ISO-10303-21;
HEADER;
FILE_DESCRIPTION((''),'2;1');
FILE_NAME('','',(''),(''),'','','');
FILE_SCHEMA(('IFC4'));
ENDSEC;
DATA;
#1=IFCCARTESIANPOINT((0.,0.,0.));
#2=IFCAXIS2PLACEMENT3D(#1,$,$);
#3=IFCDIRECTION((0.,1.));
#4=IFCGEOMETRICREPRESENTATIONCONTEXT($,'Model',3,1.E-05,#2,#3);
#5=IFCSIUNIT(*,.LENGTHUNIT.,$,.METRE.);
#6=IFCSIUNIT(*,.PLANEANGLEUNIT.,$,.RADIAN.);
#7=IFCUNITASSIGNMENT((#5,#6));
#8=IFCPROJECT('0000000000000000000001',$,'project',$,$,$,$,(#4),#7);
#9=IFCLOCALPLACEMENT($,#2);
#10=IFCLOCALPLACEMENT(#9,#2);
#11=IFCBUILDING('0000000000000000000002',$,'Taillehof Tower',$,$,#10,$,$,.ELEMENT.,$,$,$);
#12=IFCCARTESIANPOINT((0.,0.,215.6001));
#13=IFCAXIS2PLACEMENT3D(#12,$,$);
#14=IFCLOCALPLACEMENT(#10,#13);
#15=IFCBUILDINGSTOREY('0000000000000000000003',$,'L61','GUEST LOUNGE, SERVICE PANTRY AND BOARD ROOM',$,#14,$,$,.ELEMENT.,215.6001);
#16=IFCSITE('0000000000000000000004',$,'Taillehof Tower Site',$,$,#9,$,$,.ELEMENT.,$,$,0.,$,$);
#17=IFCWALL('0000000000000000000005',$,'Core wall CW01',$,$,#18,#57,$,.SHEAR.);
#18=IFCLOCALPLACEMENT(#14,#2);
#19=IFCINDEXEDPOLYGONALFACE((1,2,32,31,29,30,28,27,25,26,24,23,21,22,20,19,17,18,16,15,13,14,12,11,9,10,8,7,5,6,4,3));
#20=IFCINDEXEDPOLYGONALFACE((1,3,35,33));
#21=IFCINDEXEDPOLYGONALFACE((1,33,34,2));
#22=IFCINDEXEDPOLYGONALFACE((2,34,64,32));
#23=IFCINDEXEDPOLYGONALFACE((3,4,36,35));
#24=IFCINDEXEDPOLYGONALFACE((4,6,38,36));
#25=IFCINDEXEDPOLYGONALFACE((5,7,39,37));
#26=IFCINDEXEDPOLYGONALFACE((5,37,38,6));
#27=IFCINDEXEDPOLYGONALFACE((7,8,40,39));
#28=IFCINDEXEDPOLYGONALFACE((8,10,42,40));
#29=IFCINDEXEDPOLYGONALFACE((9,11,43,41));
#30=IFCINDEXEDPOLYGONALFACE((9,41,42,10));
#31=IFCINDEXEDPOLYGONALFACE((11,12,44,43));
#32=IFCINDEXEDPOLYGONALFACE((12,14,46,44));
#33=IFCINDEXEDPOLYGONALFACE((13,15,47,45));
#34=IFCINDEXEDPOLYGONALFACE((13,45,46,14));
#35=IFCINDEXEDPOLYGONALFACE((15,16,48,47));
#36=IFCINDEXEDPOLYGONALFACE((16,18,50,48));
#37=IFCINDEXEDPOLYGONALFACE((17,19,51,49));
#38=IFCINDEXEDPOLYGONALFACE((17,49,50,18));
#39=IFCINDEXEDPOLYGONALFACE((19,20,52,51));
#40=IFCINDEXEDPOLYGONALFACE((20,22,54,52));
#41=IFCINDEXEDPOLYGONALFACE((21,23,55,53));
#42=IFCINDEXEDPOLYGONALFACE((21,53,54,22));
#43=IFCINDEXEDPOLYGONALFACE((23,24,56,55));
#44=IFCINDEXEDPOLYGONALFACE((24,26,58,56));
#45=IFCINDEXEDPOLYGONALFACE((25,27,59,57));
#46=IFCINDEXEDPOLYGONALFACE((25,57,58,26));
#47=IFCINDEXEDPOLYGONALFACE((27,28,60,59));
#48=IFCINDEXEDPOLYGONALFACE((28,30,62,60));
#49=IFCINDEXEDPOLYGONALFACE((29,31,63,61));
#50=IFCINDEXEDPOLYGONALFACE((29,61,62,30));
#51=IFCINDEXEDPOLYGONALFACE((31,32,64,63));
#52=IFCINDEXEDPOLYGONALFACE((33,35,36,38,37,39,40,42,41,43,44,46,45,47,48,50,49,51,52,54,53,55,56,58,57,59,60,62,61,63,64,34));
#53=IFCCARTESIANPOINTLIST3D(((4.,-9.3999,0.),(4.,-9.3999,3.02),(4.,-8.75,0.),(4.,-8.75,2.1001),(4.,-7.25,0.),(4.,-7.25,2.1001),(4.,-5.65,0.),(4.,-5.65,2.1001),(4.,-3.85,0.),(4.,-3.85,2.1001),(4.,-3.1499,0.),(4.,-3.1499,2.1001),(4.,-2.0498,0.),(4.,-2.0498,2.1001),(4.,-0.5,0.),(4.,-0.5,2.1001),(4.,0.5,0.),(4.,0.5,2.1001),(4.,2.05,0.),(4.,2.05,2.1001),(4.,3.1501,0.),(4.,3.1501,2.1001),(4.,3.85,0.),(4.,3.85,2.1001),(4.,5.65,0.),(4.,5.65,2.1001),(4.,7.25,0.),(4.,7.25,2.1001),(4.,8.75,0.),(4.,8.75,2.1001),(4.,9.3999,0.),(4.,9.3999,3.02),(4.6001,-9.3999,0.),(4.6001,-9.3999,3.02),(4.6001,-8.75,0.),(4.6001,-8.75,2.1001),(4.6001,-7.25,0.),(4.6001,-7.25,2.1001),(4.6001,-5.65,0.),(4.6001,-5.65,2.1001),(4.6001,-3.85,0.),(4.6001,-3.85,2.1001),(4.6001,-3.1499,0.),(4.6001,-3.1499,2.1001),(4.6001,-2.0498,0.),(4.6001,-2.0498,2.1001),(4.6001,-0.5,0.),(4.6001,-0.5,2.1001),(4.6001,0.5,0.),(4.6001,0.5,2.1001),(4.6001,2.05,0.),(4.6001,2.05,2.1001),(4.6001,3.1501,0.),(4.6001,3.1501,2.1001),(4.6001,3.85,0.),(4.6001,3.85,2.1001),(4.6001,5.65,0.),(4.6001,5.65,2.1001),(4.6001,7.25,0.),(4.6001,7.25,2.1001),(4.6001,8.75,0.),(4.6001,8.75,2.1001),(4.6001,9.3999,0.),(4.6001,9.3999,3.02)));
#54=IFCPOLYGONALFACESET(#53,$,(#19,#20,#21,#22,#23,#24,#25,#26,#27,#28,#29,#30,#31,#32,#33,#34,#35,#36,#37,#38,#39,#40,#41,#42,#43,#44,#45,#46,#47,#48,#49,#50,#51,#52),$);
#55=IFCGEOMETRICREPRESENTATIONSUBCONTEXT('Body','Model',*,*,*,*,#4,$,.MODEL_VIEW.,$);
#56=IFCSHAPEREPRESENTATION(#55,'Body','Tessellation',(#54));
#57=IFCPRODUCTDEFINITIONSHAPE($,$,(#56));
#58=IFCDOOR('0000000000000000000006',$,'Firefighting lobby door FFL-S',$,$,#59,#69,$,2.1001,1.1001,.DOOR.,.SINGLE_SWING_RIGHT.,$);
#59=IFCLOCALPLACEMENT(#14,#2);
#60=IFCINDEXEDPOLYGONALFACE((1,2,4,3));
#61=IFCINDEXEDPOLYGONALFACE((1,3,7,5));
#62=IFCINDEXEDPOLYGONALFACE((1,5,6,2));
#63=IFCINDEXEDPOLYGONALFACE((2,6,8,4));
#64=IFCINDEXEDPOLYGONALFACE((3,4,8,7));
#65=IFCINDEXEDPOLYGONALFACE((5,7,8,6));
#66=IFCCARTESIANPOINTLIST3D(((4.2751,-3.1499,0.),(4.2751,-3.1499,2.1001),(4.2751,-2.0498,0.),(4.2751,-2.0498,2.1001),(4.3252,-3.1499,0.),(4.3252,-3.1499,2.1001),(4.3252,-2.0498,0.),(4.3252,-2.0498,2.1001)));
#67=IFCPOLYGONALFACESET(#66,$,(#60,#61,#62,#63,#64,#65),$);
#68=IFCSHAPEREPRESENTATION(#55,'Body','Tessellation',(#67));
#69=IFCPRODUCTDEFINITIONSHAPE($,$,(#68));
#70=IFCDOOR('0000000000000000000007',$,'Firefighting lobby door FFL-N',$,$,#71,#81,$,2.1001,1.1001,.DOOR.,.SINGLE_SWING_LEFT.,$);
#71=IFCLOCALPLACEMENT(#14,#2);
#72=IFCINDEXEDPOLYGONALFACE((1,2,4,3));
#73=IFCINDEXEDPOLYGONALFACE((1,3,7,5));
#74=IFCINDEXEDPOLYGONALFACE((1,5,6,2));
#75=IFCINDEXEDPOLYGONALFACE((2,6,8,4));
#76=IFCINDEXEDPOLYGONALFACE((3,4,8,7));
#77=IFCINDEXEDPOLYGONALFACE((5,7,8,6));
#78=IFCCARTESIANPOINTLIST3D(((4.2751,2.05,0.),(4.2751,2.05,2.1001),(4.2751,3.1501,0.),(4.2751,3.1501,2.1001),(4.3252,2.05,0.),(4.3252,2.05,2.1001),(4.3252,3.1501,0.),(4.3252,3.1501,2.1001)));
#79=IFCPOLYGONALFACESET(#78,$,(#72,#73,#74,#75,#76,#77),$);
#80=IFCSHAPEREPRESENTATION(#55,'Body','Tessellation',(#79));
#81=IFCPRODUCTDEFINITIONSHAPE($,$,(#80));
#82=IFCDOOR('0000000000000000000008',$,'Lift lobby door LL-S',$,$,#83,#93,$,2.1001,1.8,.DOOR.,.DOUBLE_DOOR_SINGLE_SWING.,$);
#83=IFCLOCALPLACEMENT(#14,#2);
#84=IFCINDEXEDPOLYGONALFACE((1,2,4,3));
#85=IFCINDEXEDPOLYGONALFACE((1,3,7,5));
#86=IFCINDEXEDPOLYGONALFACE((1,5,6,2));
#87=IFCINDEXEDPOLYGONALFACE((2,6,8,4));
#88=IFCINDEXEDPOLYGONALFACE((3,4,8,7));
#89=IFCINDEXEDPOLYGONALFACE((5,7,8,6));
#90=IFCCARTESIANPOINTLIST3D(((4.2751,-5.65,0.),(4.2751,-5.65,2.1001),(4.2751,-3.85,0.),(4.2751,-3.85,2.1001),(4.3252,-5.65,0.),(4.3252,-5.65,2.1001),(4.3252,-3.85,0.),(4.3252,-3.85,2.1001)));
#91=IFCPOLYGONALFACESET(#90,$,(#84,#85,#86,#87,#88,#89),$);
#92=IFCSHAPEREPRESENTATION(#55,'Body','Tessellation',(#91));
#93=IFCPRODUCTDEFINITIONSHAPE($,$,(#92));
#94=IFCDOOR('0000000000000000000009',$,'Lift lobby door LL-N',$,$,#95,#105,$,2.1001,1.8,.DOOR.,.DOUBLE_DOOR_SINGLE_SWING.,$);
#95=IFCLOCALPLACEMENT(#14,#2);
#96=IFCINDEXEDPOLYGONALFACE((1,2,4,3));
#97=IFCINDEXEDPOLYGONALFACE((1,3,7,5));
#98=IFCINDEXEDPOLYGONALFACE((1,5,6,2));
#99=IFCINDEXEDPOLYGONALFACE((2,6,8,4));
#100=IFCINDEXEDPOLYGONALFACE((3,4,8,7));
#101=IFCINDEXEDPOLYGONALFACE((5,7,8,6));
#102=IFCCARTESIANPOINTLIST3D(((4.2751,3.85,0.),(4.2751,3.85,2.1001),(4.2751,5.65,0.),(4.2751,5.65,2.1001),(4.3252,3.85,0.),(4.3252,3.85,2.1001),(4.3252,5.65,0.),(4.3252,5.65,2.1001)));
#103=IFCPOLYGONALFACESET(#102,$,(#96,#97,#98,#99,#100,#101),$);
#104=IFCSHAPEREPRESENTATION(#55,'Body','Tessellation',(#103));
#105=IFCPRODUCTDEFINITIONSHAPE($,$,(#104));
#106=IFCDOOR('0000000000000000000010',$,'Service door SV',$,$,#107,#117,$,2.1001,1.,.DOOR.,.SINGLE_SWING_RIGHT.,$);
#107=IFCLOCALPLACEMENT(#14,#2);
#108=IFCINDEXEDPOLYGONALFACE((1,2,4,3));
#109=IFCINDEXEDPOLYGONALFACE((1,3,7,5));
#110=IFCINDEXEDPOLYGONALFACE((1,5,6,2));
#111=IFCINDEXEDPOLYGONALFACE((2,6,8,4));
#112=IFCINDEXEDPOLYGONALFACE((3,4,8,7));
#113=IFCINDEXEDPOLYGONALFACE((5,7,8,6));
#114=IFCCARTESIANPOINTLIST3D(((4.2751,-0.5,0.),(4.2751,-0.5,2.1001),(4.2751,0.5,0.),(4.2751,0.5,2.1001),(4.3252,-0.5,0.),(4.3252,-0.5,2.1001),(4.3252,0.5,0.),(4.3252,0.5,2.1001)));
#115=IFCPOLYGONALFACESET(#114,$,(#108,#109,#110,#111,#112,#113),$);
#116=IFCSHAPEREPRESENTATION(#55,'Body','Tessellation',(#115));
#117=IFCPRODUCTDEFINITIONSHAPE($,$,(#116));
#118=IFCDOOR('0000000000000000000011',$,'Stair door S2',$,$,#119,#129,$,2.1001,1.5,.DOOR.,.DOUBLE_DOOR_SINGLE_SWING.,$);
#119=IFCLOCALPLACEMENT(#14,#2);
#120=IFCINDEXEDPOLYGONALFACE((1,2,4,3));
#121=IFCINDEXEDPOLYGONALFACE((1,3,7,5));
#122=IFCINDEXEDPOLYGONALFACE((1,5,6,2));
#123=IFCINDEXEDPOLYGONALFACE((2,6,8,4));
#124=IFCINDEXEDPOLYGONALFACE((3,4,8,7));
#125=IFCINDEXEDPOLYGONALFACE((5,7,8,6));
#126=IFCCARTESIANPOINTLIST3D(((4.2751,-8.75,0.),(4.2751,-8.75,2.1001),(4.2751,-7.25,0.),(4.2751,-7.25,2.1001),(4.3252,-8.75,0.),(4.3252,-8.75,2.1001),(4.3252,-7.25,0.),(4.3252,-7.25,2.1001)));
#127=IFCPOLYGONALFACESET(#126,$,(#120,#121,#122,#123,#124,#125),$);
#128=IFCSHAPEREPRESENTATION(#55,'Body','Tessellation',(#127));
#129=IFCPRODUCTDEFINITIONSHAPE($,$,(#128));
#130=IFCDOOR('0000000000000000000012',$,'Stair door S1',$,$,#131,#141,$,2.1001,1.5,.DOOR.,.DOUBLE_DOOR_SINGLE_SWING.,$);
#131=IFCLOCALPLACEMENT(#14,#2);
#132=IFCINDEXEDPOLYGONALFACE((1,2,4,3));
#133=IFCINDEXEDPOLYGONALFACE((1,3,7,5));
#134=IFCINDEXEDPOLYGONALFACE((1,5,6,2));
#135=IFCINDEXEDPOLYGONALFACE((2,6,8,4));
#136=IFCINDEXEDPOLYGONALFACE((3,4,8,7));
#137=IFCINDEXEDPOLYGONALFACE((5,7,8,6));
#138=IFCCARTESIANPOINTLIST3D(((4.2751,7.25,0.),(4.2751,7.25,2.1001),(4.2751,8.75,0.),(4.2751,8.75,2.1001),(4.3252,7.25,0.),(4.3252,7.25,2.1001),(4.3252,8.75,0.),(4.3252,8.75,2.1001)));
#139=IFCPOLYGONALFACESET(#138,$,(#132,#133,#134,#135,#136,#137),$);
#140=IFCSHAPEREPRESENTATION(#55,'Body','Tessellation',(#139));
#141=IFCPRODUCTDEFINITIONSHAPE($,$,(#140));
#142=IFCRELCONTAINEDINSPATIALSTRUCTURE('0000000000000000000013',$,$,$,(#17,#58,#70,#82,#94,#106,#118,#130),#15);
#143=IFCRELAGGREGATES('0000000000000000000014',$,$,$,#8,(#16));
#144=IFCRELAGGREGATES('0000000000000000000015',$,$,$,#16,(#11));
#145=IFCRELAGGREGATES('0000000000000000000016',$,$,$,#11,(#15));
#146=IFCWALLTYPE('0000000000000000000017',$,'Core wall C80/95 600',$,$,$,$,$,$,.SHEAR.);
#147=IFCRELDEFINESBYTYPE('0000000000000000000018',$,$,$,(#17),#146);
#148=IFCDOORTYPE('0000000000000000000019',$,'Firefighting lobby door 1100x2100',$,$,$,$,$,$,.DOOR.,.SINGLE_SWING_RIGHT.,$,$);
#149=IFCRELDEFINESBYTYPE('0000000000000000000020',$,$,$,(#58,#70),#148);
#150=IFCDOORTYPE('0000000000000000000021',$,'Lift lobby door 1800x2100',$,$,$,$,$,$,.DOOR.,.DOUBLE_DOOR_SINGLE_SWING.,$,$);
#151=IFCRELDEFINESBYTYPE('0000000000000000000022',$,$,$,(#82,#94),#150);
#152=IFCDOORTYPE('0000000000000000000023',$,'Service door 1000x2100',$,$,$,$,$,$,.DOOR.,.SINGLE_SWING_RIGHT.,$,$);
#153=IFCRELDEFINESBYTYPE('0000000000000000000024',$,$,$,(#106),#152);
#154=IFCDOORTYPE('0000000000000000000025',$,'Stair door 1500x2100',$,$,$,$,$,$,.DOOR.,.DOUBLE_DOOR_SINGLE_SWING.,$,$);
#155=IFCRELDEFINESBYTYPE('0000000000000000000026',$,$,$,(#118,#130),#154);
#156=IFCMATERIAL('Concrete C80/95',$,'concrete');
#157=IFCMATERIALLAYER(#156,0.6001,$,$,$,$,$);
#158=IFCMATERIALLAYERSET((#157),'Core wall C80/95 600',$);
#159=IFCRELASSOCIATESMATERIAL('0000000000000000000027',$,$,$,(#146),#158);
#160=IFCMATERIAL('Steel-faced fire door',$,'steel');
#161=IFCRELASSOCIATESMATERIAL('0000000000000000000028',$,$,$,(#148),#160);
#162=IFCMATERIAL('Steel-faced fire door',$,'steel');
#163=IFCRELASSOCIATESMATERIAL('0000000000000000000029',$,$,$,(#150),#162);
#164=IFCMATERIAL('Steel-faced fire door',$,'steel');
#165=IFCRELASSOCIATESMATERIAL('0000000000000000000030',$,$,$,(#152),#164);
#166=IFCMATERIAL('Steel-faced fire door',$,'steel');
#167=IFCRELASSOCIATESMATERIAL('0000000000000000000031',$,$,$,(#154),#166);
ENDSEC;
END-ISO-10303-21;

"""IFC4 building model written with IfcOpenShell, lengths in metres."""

from ifc_helpers import new_model, si_unit, direction, frame, frame_2d, origin, place, context, subcontext, project, spatial, rectangle, extrude, material, layer, layer_set, type_object, element, fill, save


model = new_model("IFC4")

# Units and contexts
model_context = context("Model", 3, precision=1e-05, world=origin(), true_north=direction((0.0, 1.0)))
body_context = subcontext(model_context, "Body", "Model", "MODEL_VIEW")
ifc_project = project(units=[si_unit("LENGTHUNIT", "METRE"), si_unit("PLANEANGLEUNIT", "RADIAN")], contexts=[model_context])

# Site, building, storey
site_placement = place(None, origin())
site = spatial("IfcSite", under=ifc_project, at=site_placement, Name="Taillehof Tower Site", CompositionType="ELEMENT", RefElevation=0.0)
building_placement = place(site_placement, origin())
building = spatial("IfcBuilding", under=site, at=building_placement, Name="Taillehof Tower", CompositionType="ELEMENT")
storey_placement = place(building_placement, frame((0.0, 0.0, 215.6001)))
storey = spatial("IfcBuildingStorey", under=building, at=storey_placement, Name="L61", Description="GUEST LOUNGE, SERVICE PANTRY AND BOARD ROOM", CompositionType="ELEMENT", Elevation=215.6001)

# Wall, openings, doors
ifc_material_1 = material(Name="Concrete C80/95", Category="concrete")
ifc_layer_1 = layer(ifc_material_1, 0.6001)
ifc_layer_set_1 = layer_set([ifc_layer_1], Name="Core wall C80/95 600")
wall_type_1 = type_object("IfcWallType", Name="Core wall C80/95 600", PredefinedType="SHEAR", material=ifc_layer_set_1)
wall_1_placement = place(storey_placement, frame((4.3, -9.3999, 0.0), z_axis=(0.0, 0.0, 1.0), x_axis=(0.0, 1.0, 0.0)))
wall_1 = element("IfcWall", 1, at=wall_1_placement, inside=storey, type_object=wall_type_1, Name="Core wall CW01", PredefinedType="SHEAR", context=body_context, shape_type="SweptSolid", body=[
    extrude(rectangle(XDim=18.7998, YDim=0.6001, at=frame_2d((9.3999, 0.0))), origin(), (0.0, 0.0, 1.0), 3.02),
])
opening_1_placement = place(wall_1_placement, frame((0.6499, 0.0, 0.0)))
opening_1 = element("IfcOpeningElement", 2, at=opening_1_placement, cuts=wall_1, PredefinedType="OPENING", context=body_context, shape_type="SweptSolid", body=[
    extrude(rectangle(XDim=1.5, YDim=2.1001, at=frame_2d((0.75, 1.05))), frame((0.0, 0.3101, 0.0), z_axis=(0.0, -1.0, 0.0), x_axis=(1.0, 0.0, 0.0)), (0.0, 0.0, 1.0), 0.6201),
])
opening_2_placement = place(wall_1_placement, frame((3.75, 0.0, 0.0)))
opening_2 = element("IfcOpeningElement", 3, at=opening_2_placement, cuts=wall_1, PredefinedType="OPENING", context=body_context, shape_type="SweptSolid", body=[
    extrude(rectangle(XDim=1.8, YDim=2.1001, at=frame_2d((0.8999, 1.05))), frame((0.0, 0.3101, 0.0), z_axis=(0.0, -1.0, 0.0), x_axis=(1.0, 0.0, 0.0)), (0.0, 0.0, 1.0), 0.6201),
])
opening_3_placement = place(wall_1_placement, frame((6.25, 0.0, 0.0)))
opening_3 = element("IfcOpeningElement", 4, at=opening_3_placement, cuts=wall_1, PredefinedType="OPENING", context=body_context, shape_type="SweptSolid", body=[
    extrude(rectangle(XDim=1.1001, YDim=2.1001, at=frame_2d((0.55, 1.05))), frame((0.0, 0.3101, 0.0), z_axis=(0.0, -1.0, 0.0), x_axis=(1.0, 0.0, 0.0)), (0.0, 0.0, 1.0), 0.6201),
])
opening_4_placement = place(wall_1_placement, frame((8.8999, 0.0, 0.0)))
opening_4 = element("IfcOpeningElement", 5, at=opening_4_placement, cuts=wall_1, PredefinedType="OPENING", context=body_context, shape_type="SweptSolid", body=[
    extrude(rectangle(XDim=1.0, YDim=2.1001, at=frame_2d((0.5, 1.05))), frame((0.0, 0.3101, 0.0), z_axis=(0.0, -1.0, 0.0), x_axis=(1.0, 0.0, 0.0)), (0.0, 0.0, 1.0), 0.6201),
])
opening_5_placement = place(wall_1_placement, frame((11.45, 0.0, 0.0)))
opening_5 = element("IfcOpeningElement", 6, at=opening_5_placement, cuts=wall_1, PredefinedType="OPENING", context=body_context, shape_type="SweptSolid", body=[
    extrude(rectangle(XDim=1.1001, YDim=2.1001, at=frame_2d((0.55, 1.05))), frame((0.0, 0.3101, 0.0), z_axis=(0.0, -1.0, 0.0), x_axis=(1.0, 0.0, 0.0)), (0.0, 0.0, 1.0), 0.6201),
])
opening_6_placement = place(wall_1_placement, frame((13.25, 0.0, 0.0)))
opening_6 = element("IfcOpeningElement", 7, at=opening_6_placement, cuts=wall_1, PredefinedType="OPENING", context=body_context, shape_type="SweptSolid", body=[
    extrude(rectangle(XDim=1.8, YDim=2.1001, at=frame_2d((0.8999, 1.05))), frame((0.0, 0.3101, 0.0), z_axis=(0.0, -1.0, 0.0), x_axis=(1.0, 0.0, 0.0)), (0.0, 0.0, 1.0), 0.6201),
])
opening_7_placement = place(wall_1_placement, frame((16.6499, 0.0, 0.0)))
opening_7 = element("IfcOpeningElement", 8, at=opening_7_placement, cuts=wall_1, PredefinedType="OPENING", context=body_context, shape_type="SweptSolid", body=[
    extrude(rectangle(XDim=1.5, YDim=2.1001, at=frame_2d((0.75, 1.05))), frame((0.0, 0.3101, 0.0), z_axis=(0.0, -1.0, 0.0), x_axis=(1.0, 0.0, 0.0)), (0.0, 0.0, 1.0), 0.6201),
])
ifc_material_2 = material(Name="Steel-faced fire door", Category="steel")
door_type_1 = type_object("IfcDoorType", Name="Firefighting lobby door 1100x2100", OperationType="SINGLE_SWING_RIGHT", PredefinedType="DOOR", material=ifc_material_2)
door_1_placement = place(opening_3_placement, origin())
door_1 = element("IfcDoor", 9, at=door_1_placement, inside=storey, type_object=door_type_1, Name="Firefighting lobby door FFL-S", OperationType="SINGLE_SWING_RIGHT", OverallHeight=2.1001, OverallWidth=1.1001, PredefinedType="DOOR", context=body_context, shape_type="SweptSolid", body=[
    extrude(rectangle(XDim=1.1001, YDim=2.1001, at=frame_2d((0.55, 1.05))), frame((0.0, 0.0249, 0.0), z_axis=(0.0, -1.0, 0.0), x_axis=(1.0, 0.0, 0.0)), (0.0, 0.0, 1.0), 0.05),
])
fill(opening_3, door_1)
door_2_placement = place(opening_5_placement, origin())
door_2 = element("IfcDoor", 10, at=door_2_placement, inside=storey, type_object=door_type_1, Name="Firefighting lobby door FFL-N", OperationType="SINGLE_SWING_LEFT", OverallHeight=2.1001, OverallWidth=1.1001, PredefinedType="DOOR", context=body_context, shape_type="SweptSolid", body=[
    extrude(rectangle(XDim=1.1001, YDim=2.1001, at=frame_2d((0.55, 1.05))), frame((0.0, 0.0249, 0.0), z_axis=(0.0, -1.0, 0.0), x_axis=(1.0, 0.0, 0.0)), (0.0, 0.0, 1.0), 0.05),
])
fill(opening_5, door_2)
ifc_material_3 = material(Name="Steel-faced fire door", Category="steel")
door_type_2 = type_object("IfcDoorType", Name="Lift lobby door 1800x2100", OperationType="DOUBLE_DOOR_SINGLE_SWING", PredefinedType="DOOR", material=ifc_material_3)
door_3_placement = place(opening_2_placement, origin())
door_3 = element("IfcDoor", 11, at=door_3_placement, inside=storey, type_object=door_type_2, Name="Lift lobby door LL-S", OperationType="DOUBLE_DOOR_SINGLE_SWING", OverallHeight=2.1001, OverallWidth=1.8, PredefinedType="DOOR", context=body_context, shape_type="SweptSolid", body=[
    extrude(rectangle(XDim=1.8, YDim=2.1001, at=frame_2d((0.8999, 1.05))), frame((0.0, 0.0249, 0.0), z_axis=(0.0, -1.0, 0.0), x_axis=(1.0, 0.0, 0.0)), (0.0, 0.0, 1.0), 0.05),
])
fill(opening_2, door_3)
door_4_placement = place(opening_6_placement, origin())
door_4 = element("IfcDoor", 12, at=door_4_placement, inside=storey, type_object=door_type_2, Name="Lift lobby door LL-N", OperationType="DOUBLE_DOOR_SINGLE_SWING", OverallHeight=2.1001, OverallWidth=1.8, PredefinedType="DOOR", context=body_context, shape_type="SweptSolid", body=[
    extrude(rectangle(XDim=1.8, YDim=2.1001, at=frame_2d((0.8999, 1.05))), frame((0.0, 0.0249, 0.0), z_axis=(0.0, -1.0, 0.0), x_axis=(1.0, 0.0, 0.0)), (0.0, 0.0, 1.0), 0.05),
])
fill(opening_6, door_4)
ifc_material_4 = material(Name="Steel-faced fire door", Category="steel")
door_type_3 = type_object("IfcDoorType", Name="Service door 1000x2100", OperationType="SINGLE_SWING_RIGHT", PredefinedType="DOOR", material=ifc_material_4)
door_5_placement = place(opening_4_placement, origin())
door_5 = element("IfcDoor", 13, at=door_5_placement, inside=storey, type_object=door_type_3, Name="Service door SV", OperationType="SINGLE_SWING_RIGHT", OverallHeight=2.1001, OverallWidth=1.0, PredefinedType="DOOR", context=body_context, shape_type="SweptSolid", body=[
    extrude(rectangle(XDim=1.0, YDim=2.1001, at=frame_2d((0.5, 1.05))), frame((0.0, 0.0249, 0.0), z_axis=(0.0, -1.0, 0.0), x_axis=(1.0, 0.0, 0.0)), (0.0, 0.0, 1.0), 0.05),
])
fill(opening_4, door_5)
ifc_material_5 = material(Name="Steel-faced fire door", Category="steel")
door_type_4 = type_object("IfcDoorType", Name="Stair door 1500x2100", OperationType="DOUBLE_DOOR_SINGLE_SWING", PredefinedType="DOOR", material=ifc_material_5)
door_6_placement = place(opening_1_placement, origin())
door_6 = element("IfcDoor", 14, at=door_6_placement, inside=storey, type_object=door_type_4, Name="Stair door S2", OperationType="DOUBLE_DOOR_SINGLE_SWING", OverallHeight=2.1001, OverallWidth=1.5, PredefinedType="DOOR", context=body_context, shape_type="SweptSolid", body=[
    extrude(rectangle(XDim=1.5, YDim=2.1001, at=frame_2d((0.75, 1.05))), frame((0.0, 0.0249, 0.0), z_axis=(0.0, -1.0, 0.0), x_axis=(1.0, 0.0, 0.0)), (0.0, 0.0, 1.0), 0.05),
])
fill(opening_1, door_6)
door_7_placement = place(opening_7_placement, origin())
door_7 = element("IfcDoor", 15, at=door_7_placement, inside=storey, type_object=door_type_4, Name="Stair door S1", OperationType="DOUBLE_DOOR_SINGLE_SWING", OverallHeight=2.1001, OverallWidth=1.5, PredefinedType="DOOR", context=body_context, shape_type="SweptSolid", body=[
    extrude(rectangle(XDim=1.5, YDim=2.1001, at=frame_2d((0.75, 1.05))), frame((0.0, 0.0249, 0.0), z_axis=(0.0, -1.0, 0.0), x_axis=(1.0, 0.0, 0.0)), (0.0, 0.0, 1.0), 0.05),
])
fill(opening_7, door_7)

save(model, "model.ifc")
